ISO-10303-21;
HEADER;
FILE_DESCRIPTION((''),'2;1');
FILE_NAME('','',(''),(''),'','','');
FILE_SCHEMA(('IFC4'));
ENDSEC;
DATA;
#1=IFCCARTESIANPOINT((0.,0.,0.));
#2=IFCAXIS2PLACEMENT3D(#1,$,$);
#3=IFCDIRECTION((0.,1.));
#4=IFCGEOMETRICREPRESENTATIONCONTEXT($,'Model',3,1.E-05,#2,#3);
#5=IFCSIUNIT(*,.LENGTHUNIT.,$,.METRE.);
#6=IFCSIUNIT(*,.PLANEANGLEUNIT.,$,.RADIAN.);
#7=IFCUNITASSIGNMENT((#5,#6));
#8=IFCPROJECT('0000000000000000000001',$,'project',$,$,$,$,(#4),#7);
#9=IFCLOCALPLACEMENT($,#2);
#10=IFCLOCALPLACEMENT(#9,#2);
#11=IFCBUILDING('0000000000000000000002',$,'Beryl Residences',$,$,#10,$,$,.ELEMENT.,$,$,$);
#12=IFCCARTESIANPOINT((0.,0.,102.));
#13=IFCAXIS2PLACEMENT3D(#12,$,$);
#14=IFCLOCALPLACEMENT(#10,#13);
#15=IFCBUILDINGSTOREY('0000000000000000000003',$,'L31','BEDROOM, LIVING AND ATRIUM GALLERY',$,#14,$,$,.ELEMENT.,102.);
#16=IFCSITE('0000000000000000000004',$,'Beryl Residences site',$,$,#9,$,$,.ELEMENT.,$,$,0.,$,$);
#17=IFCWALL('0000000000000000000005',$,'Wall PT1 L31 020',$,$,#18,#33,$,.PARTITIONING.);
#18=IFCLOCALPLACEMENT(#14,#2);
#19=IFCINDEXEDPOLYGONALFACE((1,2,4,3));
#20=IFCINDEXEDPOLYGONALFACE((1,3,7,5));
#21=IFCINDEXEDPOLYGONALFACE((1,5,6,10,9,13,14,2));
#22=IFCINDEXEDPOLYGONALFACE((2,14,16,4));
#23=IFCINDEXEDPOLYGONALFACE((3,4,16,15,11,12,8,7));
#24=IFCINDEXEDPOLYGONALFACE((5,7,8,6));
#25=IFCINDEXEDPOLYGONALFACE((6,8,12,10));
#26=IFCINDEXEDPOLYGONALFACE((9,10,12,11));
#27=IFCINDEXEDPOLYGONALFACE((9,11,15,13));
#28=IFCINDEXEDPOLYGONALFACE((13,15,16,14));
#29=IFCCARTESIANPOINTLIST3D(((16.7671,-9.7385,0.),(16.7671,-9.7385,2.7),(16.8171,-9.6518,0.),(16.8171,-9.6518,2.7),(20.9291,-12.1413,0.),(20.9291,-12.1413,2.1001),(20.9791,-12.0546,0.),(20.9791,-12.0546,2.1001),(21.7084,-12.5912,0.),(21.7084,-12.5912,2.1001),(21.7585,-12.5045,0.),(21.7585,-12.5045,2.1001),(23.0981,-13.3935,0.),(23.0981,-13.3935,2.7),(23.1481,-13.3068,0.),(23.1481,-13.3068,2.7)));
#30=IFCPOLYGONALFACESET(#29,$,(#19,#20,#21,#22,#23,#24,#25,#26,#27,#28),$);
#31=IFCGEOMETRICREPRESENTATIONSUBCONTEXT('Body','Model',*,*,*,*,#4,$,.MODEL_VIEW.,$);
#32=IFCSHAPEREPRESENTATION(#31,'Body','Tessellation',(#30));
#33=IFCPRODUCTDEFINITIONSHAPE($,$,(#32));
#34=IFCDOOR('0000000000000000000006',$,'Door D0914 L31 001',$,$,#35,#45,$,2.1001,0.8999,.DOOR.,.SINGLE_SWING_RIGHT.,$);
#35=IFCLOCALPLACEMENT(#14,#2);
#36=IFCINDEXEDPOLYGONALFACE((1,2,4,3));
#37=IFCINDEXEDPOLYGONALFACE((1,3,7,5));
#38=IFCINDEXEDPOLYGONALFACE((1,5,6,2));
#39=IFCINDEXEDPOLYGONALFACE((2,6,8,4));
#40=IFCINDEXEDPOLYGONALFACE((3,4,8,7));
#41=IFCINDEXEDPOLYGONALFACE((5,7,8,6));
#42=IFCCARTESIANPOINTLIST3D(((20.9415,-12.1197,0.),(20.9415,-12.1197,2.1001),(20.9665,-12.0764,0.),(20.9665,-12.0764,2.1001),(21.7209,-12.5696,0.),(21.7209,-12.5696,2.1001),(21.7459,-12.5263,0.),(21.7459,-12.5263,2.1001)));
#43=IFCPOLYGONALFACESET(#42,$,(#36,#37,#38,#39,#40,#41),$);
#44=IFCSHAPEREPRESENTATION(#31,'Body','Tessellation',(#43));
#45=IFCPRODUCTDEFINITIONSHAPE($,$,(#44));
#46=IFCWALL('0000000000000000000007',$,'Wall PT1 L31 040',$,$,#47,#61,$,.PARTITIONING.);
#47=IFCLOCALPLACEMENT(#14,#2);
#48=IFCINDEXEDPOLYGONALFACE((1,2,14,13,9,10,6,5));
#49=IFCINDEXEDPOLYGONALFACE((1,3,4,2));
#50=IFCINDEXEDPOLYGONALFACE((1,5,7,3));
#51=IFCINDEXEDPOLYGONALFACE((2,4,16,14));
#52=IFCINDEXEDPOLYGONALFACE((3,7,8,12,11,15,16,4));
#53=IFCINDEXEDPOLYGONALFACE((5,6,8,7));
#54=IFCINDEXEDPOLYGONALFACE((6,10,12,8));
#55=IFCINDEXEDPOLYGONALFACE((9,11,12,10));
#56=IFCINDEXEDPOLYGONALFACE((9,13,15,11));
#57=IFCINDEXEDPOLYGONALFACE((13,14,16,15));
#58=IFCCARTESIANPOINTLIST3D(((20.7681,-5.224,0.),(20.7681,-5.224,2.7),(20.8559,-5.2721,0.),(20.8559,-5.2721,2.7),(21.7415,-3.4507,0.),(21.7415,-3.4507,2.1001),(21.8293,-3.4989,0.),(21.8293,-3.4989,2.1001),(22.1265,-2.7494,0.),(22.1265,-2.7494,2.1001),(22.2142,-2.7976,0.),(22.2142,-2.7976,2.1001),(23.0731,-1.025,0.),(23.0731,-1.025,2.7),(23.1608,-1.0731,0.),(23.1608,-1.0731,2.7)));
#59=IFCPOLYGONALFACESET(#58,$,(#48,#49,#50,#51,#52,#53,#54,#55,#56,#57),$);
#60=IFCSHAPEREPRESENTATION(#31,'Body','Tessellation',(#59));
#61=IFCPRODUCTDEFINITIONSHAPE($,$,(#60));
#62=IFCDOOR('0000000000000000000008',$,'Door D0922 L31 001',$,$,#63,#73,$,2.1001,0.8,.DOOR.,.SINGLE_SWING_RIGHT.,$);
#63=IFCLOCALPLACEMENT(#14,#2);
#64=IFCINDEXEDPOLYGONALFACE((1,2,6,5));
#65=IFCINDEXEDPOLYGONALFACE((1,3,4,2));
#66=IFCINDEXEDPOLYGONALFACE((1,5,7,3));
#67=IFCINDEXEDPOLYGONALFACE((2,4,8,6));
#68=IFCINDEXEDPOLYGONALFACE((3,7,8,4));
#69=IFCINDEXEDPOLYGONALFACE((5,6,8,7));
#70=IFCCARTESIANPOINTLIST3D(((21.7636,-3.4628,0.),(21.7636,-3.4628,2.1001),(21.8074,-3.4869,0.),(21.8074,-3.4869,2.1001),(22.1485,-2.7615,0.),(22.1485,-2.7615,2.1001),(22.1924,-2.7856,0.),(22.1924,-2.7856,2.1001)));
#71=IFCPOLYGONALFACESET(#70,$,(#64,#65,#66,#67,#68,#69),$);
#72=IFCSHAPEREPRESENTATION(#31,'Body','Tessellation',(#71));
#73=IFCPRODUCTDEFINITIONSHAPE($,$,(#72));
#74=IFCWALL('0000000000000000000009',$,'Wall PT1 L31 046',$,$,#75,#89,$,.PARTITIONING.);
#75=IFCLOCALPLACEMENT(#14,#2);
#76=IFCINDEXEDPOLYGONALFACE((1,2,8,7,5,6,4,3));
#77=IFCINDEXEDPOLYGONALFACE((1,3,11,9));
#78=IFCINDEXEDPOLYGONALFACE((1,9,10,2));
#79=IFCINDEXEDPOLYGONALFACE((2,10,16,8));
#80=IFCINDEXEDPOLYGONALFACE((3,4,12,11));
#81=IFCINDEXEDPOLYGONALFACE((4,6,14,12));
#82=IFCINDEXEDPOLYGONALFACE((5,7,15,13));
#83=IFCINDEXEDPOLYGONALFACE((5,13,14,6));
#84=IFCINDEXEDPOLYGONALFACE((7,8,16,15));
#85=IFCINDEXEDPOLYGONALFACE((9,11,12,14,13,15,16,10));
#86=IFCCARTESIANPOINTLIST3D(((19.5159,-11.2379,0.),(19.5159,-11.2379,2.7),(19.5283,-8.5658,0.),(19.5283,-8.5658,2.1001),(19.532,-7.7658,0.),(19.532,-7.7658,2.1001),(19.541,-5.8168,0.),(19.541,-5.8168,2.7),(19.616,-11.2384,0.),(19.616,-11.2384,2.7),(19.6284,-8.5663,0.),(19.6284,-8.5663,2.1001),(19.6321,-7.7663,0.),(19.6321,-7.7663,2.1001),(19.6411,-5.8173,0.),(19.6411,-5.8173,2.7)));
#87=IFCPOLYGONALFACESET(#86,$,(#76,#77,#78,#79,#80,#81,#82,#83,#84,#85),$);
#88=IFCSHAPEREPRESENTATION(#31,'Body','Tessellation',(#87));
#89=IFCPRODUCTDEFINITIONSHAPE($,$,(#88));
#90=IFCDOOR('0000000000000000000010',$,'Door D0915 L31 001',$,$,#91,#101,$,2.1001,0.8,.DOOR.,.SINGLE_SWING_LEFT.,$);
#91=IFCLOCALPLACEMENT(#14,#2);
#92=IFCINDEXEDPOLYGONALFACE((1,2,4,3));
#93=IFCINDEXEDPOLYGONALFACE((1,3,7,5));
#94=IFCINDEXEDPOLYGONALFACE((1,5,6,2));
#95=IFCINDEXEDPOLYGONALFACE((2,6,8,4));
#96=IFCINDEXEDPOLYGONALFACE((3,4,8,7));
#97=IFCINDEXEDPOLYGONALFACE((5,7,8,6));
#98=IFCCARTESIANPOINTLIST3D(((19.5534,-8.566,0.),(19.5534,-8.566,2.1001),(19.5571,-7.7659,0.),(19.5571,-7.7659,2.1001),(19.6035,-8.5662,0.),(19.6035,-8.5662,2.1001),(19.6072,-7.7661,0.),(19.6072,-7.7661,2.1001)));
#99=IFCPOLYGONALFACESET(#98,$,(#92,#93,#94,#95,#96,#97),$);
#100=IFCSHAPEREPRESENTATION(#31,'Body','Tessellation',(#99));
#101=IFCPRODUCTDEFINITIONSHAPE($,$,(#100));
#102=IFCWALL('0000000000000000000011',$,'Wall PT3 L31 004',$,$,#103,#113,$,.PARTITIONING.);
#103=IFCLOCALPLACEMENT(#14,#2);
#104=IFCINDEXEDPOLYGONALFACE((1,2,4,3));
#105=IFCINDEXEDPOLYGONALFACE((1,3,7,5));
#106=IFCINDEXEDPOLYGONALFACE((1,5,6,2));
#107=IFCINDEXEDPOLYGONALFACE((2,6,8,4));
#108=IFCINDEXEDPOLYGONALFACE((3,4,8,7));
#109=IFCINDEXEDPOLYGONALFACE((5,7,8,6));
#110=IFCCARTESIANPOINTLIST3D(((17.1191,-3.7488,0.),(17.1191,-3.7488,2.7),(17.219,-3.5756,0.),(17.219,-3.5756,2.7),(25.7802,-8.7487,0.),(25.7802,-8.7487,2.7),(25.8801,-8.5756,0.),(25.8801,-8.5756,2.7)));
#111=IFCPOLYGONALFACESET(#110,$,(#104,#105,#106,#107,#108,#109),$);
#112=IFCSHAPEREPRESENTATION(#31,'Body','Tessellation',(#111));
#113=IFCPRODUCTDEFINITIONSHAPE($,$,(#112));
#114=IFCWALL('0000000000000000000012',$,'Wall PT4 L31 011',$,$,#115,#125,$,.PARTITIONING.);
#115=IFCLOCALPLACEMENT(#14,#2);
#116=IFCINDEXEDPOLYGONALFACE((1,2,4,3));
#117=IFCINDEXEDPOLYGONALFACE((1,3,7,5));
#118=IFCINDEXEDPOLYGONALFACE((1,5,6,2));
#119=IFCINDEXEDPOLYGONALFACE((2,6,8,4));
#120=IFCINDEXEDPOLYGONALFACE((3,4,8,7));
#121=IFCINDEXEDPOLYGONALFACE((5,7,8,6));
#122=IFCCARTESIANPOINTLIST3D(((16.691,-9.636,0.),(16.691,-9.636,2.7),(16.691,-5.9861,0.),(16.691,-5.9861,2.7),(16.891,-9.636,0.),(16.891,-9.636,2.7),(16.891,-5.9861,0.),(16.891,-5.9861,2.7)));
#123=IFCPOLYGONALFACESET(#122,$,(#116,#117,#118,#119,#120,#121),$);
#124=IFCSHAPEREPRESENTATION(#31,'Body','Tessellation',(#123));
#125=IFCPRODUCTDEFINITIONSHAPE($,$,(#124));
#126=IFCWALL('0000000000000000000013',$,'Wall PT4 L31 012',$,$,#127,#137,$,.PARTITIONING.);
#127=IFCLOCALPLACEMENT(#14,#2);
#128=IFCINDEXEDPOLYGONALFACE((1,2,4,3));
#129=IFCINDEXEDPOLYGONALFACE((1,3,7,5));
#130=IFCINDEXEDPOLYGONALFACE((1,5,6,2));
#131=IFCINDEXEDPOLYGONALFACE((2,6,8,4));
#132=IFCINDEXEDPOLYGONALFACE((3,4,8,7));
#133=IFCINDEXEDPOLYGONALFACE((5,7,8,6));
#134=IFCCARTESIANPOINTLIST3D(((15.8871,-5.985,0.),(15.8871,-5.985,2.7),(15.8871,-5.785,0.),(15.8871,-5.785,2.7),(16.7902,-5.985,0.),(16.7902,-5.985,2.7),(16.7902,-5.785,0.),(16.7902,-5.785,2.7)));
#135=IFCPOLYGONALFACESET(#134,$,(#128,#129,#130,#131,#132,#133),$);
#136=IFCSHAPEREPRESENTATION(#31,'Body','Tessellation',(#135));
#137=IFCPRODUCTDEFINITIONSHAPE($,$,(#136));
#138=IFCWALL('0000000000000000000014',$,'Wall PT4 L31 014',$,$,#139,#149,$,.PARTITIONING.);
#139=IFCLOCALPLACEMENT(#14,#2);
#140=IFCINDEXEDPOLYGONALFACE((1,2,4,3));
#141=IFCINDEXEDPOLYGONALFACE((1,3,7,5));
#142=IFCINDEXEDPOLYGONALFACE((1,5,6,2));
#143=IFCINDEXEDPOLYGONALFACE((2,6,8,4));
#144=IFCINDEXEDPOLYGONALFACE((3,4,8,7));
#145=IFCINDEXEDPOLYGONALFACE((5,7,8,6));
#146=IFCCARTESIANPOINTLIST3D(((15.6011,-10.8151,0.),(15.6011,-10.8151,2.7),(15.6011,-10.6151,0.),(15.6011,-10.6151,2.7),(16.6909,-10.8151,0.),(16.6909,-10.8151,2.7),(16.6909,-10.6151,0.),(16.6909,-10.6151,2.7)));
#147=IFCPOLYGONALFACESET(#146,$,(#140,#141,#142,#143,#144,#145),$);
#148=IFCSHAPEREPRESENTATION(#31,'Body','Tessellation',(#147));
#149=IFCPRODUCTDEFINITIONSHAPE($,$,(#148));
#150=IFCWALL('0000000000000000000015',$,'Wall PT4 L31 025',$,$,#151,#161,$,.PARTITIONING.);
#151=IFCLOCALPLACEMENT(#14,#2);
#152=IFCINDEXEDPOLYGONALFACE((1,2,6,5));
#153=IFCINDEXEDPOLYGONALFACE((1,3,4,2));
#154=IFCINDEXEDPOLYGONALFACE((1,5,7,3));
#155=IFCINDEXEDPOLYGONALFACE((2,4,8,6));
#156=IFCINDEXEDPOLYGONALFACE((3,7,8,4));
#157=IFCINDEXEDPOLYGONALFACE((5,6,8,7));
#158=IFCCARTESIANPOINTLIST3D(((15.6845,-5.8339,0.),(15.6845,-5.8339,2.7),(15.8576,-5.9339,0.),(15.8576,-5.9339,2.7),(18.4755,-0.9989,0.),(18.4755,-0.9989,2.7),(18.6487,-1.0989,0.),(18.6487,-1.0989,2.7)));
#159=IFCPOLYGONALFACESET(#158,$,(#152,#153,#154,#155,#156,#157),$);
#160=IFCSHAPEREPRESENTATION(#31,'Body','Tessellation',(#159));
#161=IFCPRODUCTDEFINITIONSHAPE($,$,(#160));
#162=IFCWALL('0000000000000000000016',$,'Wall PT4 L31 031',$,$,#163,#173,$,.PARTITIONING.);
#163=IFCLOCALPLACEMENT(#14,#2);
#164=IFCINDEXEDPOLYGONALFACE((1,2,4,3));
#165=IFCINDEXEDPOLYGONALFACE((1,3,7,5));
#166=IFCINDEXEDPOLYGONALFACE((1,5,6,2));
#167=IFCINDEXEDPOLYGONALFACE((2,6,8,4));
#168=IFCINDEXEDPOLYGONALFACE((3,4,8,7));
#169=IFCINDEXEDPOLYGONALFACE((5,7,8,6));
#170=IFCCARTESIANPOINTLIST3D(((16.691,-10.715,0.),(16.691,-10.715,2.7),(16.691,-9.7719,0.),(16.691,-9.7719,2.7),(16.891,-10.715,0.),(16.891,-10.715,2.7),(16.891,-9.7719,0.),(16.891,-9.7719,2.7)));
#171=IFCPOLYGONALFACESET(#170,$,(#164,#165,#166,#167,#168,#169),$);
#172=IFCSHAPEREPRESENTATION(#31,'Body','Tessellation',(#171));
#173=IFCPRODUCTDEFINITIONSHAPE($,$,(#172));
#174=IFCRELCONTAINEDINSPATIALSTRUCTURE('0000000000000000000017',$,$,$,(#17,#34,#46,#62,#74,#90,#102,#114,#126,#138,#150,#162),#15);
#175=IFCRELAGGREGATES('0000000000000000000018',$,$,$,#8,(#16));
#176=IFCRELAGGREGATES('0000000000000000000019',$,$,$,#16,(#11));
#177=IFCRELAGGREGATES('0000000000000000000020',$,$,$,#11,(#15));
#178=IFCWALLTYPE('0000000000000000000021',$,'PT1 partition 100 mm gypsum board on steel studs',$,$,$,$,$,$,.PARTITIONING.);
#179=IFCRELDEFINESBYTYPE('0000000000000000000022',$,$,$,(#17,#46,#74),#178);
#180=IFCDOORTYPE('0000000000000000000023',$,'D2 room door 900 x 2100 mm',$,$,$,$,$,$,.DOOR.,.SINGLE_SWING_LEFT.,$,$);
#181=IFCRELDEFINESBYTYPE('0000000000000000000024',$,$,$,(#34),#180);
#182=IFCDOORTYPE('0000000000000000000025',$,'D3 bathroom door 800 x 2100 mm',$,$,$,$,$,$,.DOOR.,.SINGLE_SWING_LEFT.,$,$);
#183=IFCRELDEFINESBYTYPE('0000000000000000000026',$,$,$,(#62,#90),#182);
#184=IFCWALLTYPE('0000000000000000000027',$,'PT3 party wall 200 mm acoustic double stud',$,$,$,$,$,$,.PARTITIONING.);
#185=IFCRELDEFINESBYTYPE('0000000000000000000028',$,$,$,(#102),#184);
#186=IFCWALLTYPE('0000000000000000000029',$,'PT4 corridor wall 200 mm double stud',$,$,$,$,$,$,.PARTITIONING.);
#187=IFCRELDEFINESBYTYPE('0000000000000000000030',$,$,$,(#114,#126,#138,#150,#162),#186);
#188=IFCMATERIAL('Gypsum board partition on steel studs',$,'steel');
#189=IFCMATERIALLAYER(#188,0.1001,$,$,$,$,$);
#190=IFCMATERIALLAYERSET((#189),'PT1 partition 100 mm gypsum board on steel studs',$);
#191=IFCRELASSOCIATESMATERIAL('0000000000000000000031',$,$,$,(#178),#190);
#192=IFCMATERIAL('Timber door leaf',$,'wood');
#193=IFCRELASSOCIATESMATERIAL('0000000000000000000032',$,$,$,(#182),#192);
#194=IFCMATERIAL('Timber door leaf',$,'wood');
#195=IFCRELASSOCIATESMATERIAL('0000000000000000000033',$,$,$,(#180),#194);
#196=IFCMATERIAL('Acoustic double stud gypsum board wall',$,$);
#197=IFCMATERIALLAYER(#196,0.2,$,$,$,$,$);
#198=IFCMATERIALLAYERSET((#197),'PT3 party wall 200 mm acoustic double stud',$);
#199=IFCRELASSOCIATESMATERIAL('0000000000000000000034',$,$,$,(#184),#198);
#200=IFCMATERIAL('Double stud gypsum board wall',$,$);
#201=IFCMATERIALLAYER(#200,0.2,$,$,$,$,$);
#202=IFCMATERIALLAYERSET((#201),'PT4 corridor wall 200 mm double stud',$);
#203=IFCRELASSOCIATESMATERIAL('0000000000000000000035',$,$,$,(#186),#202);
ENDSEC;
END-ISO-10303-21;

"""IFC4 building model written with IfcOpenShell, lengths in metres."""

from ifc_helpers import new_model, si_unit, direction, frame, frame_2d, origin, place, context, subcontext, project, spatial, rectangle, extrude, material, layer, layer_set, type_object, element, fill, save


model = new_model("IFC4")

# Units and contexts
model_context = context("Model", 3, precision=1e-05, world=origin(), true_north=direction((0.0, 1.0)))
body_context = subcontext(model_context, "Body", "Model", "MODEL_VIEW")
ifc_project = project(units=[si_unit("LENGTHUNIT", "METRE"), si_unit("PLANEANGLEUNIT", "RADIAN")], contexts=[model_context])

# Site, building, storey
site_placement = place(None, origin())
site = spatial("IfcSite", under=ifc_project, at=site_placement, Name="Beryl Residences site", CompositionType="ELEMENT", RefElevation=0.0)
building_placement = place(site_placement, origin())
building = spatial("IfcBuilding", under=site, at=building_placement, Name="Beryl Residences", CompositionType="ELEMENT")
storey_placement = place(building_placement, frame((0.0, 0.0, 102.0)))
storey = spatial("IfcBuildingStorey", under=building, at=storey_placement, Name="L31", Description="BEDROOM, LIVING AND ATRIUM GALLERY", CompositionType="ELEMENT", Elevation=102.0)

# Shared definitions
ifc_material_1 = material(Name="Gypsum board partition on steel studs", Category="steel")
ifc_layer_1 = layer(ifc_material_1, 0.1001)
ifc_layer_set_1 = layer_set([ifc_layer_1], Name="PT1 partition 100 mm gypsum board on steel studs")
wall_type_1 = type_object("IfcWallType", Name="PT1 partition 100 mm gypsum board on steel studs", PredefinedType="PARTITIONING", material=ifc_layer_set_1)

# Walls, openings, doors
ifc_material_2 = material(Name="Timber door leaf", Category="wood")
door_type_1 = type_object("IfcDoorType", Name="D3 bathroom door 800 x 2100 mm", OperationType="SINGLE_SWING_LEFT", PredefinedType="DOOR", material=ifc_material_2)
wall_1_placement = place(storey_placement, frame((16.792, -9.6951, 0.0), z_axis=(0.0, 0.0, 1.0), x_axis=(0.866038, -0.499979, 0.0)))
wall_1 = element("IfcWall", 1, at=wall_1_placement, inside=storey, type_object=wall_type_1, Name="Wall PT1 L31 020", PredefinedType="PARTITIONING", context=body_context, shape_type="SweptSolid", body=[
    extrude(rectangle(XDim=7.3103, YDim=0.1001, at=frame_2d((3.6553, 0.0))), origin(), (0.0, 0.0, 1.0), 2.7),
])
opening_1_placement = place(wall_1_placement, frame((4.8059, 0.0, 0.0)))
opening_1 = element("IfcOpeningElement", 2, at=opening_1_placement, cuts=wall_1, PredefinedType="OPENING", context=body_context, shape_type="SweptSolid", body=[
    extrude(rectangle(XDim=0.8999, YDim=2.1001, at=frame_2d((0.45, 1.05))), frame((0.0, 0.0601, 0.0), z_axis=(0.0, -1.0, 0.0), x_axis=(1.0, 0.0, 0.0)), (0.0, 0.0, 1.0), 0.1201),
])
ifc_material_3 = material(Name="Timber door leaf", Category="wood")
door_type_2 = type_object("IfcDoorType", Name="D2 room door 900 x 2100 mm", OperationType="SINGLE_SWING_LEFT", PredefinedType="DOOR", material=ifc_material_3)
door_1_placement = place(opening_1_placement, origin())
door_1 = element("IfcDoor", 3, at=door_1_placement, inside=storey, type_object=door_type_2, Name="Door D0914 L31 001", OperationType="SINGLE_SWING_RIGHT", OverallHeight=2.1001, OverallWidth=0.8999, PredefinedType="DOOR", context=body_context, shape_type="SweptSolid", body=[
    extrude(rectangle(XDim=0.8999, YDim=2.1001, at=frame_2d((0.45, 1.05))), frame((0.0, 0.0249, 0.0), z_axis=(0.0, -1.0, 0.0), x_axis=(1.0, 0.0, 0.0)), (0.0, 0.0, 1.0), 0.05),
])
fill(opening_1, door_1)
wall_2_placement = place(storey_placement, frame((20.812, -5.248, 0.0), z_axis=(0.0, 0.0, 1.0), x_axis=(0.481197, 0.876613, 0.0)))
wall_2 = element("IfcWall", 4, at=wall_2_placement, inside=storey, type_object=wall_type_1, Name="Wall PT1 L31 040", PredefinedType="PARTITIONING", context=body_context, shape_type="SweptSolid", body=[
    extrude(rectangle(XDim=4.79, YDim=0.1001, at=frame_2d((2.395, 0.0))), origin(), (0.0, 0.0, 1.0), 2.7),
])
opening_2_placement = place(wall_2_placement, frame((2.0229, 0.0, 0.0)))
opening_2 = element("IfcOpeningElement", 5, at=opening_2_placement, cuts=wall_2, PredefinedType="OPENING", context=body_context, shape_type="SweptSolid", body=[
    extrude(rectangle(XDim=0.8, YDim=2.1001, at=frame_2d((0.3999, 1.05))), frame((0.0, 0.0601, 0.0), z_axis=(0.0, -1.0, 0.0), x_axis=(1.0, 0.0, 0.0)), (0.0, 0.0, 1.0), 0.1201),
])
door_2_placement = place(opening_2_placement, origin())
door_2 = element("IfcDoor", 6, at=door_2_placement, inside=storey, type_object=door_type_1, Name="Door D0922 L31 001", OperationType="SINGLE_SWING_RIGHT", OverallHeight=2.1001, OverallWidth=0.8, PredefinedType="DOOR", context=body_context, shape_type="SweptSolid", body=[
    extrude(rectangle(XDim=0.8, YDim=2.1001, at=frame_2d((0.3999, 1.05))), frame((0.0, 0.0249, 0.0), z_axis=(0.0, -1.0, 0.0), x_axis=(1.0, 0.0, 0.0)), (0.0, 0.0, 1.0), 0.05),
])
fill(opening_2, door_2)
wall_3_placement = place(storey_placement, frame((19.5659, -11.238, 0.0), z_axis=(0.0, 0.0, 1.0), x_axis=(0.004639, 0.999989, 0.0)))
wall_3 = element("IfcWall", 7, at=wall_3_placement, inside=storey, type_object=wall_type_1, Name="Wall PT1 L31 046", PredefinedType="PARTITIONING", context=body_context, shape_type="SweptSolid", body=[
    extrude(rectangle(XDim=5.4211, YDim=0.1001, at=frame_2d((2.7104, 0.0))), origin(), (0.0, 0.0, 1.0), 2.7),
])
opening_3_placement = place(wall_3_placement, frame((2.6721, 0.0, 0.0)))
opening_3 = element("IfcOpeningElement", 8, at=opening_3_placement, cuts=wall_3, PredefinedType="OPENING", context=body_context, shape_type="SweptSolid", body=[
    extrude(rectangle(XDim=0.8, YDim=2.1001, at=frame_2d((0.3999, 1.05))), frame((0.0, 0.0601, 0.0), z_axis=(0.0, -1.0, 0.0), x_axis=(1.0, 0.0, 0.0)), (0.0, 0.0, 1.0), 0.1201),
])
door_3_placement = place(opening_3_placement, origin())
door_3 = element("IfcDoor", 9, at=door_3_placement, inside=storey, type_object=door_type_1, Name="Door D0915 L31 001", OperationType="SINGLE_SWING_LEFT", OverallHeight=2.1001, OverallWidth=0.8, PredefinedType="DOOR", context=body_context, shape_type="SweptSolid", body=[
    extrude(rectangle(XDim=0.8, YDim=2.1001, at=frame_2d((0.3999, 1.05))), frame((0.0, 0.0249, 0.0), z_axis=(0.0, -1.0, 0.0), x_axis=(1.0, 0.0, 0.0)), (0.0, 0.0, 1.0), 0.05),
])
fill(opening_3, door_3)

# Walls
ifc_material_4 = material(Name="Acoustic double stud gypsum board wall")
ifc_layer_2 = layer(ifc_material_4, 0.2)
ifc_layer_set_2 = layer_set([ifc_layer_2], Name="PT3 party wall 200 mm acoustic double stud")
wall_type_2 = type_object("IfcWallType", Name="PT3 party wall 200 mm acoustic double stud", PredefinedType="PARTITIONING", material=ifc_layer_set_2)
wall_4_placement = place(storey_placement, frame((17.1689, -3.6621, 0.0), z_axis=(0.0, 0.0, 1.0), x_axis=(0.866047, -0.499962, 0.0)))
element("IfcWall", 10, at=wall_4_placement, inside=storey, type_object=wall_type_2, Name="Wall PT3 L31 004", PredefinedType="PARTITIONING", context=body_context, shape_type="SweptSolid", body=[
    extrude(rectangle(XDim=10.0007, YDim=0.2, at=frame_2d((5.0005, 0.0))), origin(), (0.0, 0.0, 1.0), 2.7),
])
ifc_material_5 = material(Name="Double stud gypsum board wall")
ifc_layer_3 = layer(ifc_material_5, 0.2)
ifc_layer_set_3 = layer_set([ifc_layer_3], Name="PT4 corridor wall 200 mm double stud")
wall_type_3 = type_object("IfcWallType", Name="PT4 corridor wall 200 mm double stud", PredefinedType="PARTITIONING", material=ifc_layer_set_3)
wall_5_placement = place(storey_placement, frame((16.791, -5.9861, 0.0), z_axis=(0.0, 0.0, 1.0), x_axis=(0.0, -1.0, 0.0)))
element("IfcWall", 11, at=wall_5_placement, inside=storey, type_object=wall_type_3, Name="Wall PT4 L31 011", PredefinedType="PARTITIONING", context=body_context, shape_type="SweptSolid", body=[
    extrude(rectangle(XDim=3.6499, YDim=0.2, at=frame_2d((1.825, 0.0))), origin(), (0.0, 0.0, 1.0), 2.7),
])
wall_6_placement = place(storey_placement, frame((15.887, -5.885, 0.0), z_axis=(0.0, 0.0, 1.0), x_axis=(1.0, 0.0, 0.0)))
element("IfcWall", 12, at=wall_6_placement, inside=storey, type_object=wall_type_3, Name="Wall PT4 L31 012", PredefinedType="PARTITIONING", context=body_context, shape_type="SweptSolid", body=[
    extrude(rectangle(XDim=0.9031, YDim=0.2, at=frame_2d((0.4517, 0.0))), origin(), (0.0, 0.0, 1.0), 2.7),
])
wall_7_placement = place(storey_placement, frame((15.6011, -10.7151, 0.0), z_axis=(0.0, 0.0, 1.0), x_axis=(1.0, 0.0, 0.0)))
element("IfcWall", 13, at=wall_7_placement, inside=storey, type_object=wall_type_3, Name="Wall PT4 L31 014", PredefinedType="PARTITIONING", context=body_context, shape_type="SweptSolid", body=[
    extrude(rectangle(XDim=1.0898, YDim=0.2, at=frame_2d((0.5449, 0.0))), origin(), (0.0, 0.0, 1.0), 2.7),
])
wall_8_placement = place(storey_placement, frame((15.771, -5.884, 0.0), z_axis=(0.0, 0.0, 1.0), x_axis=(0.499939, 0.86606, 0.0)))
element("IfcWall", 14, at=wall_8_placement, inside=storey, type_object=wall_type_3, Name="Wall PT4 L31 025", PredefinedType="PARTITIONING", context=body_context, shape_type="SweptSolid", body=[
    extrude(rectangle(XDim=5.5828, YDim=0.2, at=frame_2d((2.7915, 0.0))), origin(), (0.0, 0.0, 1.0), 2.7),
])
wall_9_placement = place(storey_placement, frame((16.791, -10.7151, 0.0), z_axis=(0.0, 0.0, 1.0), x_axis=(0.0, 1.0, 0.0)))
element("IfcWall", 15, at=wall_9_placement, inside=storey, type_object=wall_type_3, Name="Wall PT4 L31 031", PredefinedType="PARTITIONING", context=body_context, shape_type="SweptSolid", body=[
    extrude(rectangle(XDim=0.9431, YDim=0.2, at=frame_2d((0.4717, 0.0))), origin(), (0.0, 0.0, 1.0), 2.7),
])

save(model, "model.ifc")
